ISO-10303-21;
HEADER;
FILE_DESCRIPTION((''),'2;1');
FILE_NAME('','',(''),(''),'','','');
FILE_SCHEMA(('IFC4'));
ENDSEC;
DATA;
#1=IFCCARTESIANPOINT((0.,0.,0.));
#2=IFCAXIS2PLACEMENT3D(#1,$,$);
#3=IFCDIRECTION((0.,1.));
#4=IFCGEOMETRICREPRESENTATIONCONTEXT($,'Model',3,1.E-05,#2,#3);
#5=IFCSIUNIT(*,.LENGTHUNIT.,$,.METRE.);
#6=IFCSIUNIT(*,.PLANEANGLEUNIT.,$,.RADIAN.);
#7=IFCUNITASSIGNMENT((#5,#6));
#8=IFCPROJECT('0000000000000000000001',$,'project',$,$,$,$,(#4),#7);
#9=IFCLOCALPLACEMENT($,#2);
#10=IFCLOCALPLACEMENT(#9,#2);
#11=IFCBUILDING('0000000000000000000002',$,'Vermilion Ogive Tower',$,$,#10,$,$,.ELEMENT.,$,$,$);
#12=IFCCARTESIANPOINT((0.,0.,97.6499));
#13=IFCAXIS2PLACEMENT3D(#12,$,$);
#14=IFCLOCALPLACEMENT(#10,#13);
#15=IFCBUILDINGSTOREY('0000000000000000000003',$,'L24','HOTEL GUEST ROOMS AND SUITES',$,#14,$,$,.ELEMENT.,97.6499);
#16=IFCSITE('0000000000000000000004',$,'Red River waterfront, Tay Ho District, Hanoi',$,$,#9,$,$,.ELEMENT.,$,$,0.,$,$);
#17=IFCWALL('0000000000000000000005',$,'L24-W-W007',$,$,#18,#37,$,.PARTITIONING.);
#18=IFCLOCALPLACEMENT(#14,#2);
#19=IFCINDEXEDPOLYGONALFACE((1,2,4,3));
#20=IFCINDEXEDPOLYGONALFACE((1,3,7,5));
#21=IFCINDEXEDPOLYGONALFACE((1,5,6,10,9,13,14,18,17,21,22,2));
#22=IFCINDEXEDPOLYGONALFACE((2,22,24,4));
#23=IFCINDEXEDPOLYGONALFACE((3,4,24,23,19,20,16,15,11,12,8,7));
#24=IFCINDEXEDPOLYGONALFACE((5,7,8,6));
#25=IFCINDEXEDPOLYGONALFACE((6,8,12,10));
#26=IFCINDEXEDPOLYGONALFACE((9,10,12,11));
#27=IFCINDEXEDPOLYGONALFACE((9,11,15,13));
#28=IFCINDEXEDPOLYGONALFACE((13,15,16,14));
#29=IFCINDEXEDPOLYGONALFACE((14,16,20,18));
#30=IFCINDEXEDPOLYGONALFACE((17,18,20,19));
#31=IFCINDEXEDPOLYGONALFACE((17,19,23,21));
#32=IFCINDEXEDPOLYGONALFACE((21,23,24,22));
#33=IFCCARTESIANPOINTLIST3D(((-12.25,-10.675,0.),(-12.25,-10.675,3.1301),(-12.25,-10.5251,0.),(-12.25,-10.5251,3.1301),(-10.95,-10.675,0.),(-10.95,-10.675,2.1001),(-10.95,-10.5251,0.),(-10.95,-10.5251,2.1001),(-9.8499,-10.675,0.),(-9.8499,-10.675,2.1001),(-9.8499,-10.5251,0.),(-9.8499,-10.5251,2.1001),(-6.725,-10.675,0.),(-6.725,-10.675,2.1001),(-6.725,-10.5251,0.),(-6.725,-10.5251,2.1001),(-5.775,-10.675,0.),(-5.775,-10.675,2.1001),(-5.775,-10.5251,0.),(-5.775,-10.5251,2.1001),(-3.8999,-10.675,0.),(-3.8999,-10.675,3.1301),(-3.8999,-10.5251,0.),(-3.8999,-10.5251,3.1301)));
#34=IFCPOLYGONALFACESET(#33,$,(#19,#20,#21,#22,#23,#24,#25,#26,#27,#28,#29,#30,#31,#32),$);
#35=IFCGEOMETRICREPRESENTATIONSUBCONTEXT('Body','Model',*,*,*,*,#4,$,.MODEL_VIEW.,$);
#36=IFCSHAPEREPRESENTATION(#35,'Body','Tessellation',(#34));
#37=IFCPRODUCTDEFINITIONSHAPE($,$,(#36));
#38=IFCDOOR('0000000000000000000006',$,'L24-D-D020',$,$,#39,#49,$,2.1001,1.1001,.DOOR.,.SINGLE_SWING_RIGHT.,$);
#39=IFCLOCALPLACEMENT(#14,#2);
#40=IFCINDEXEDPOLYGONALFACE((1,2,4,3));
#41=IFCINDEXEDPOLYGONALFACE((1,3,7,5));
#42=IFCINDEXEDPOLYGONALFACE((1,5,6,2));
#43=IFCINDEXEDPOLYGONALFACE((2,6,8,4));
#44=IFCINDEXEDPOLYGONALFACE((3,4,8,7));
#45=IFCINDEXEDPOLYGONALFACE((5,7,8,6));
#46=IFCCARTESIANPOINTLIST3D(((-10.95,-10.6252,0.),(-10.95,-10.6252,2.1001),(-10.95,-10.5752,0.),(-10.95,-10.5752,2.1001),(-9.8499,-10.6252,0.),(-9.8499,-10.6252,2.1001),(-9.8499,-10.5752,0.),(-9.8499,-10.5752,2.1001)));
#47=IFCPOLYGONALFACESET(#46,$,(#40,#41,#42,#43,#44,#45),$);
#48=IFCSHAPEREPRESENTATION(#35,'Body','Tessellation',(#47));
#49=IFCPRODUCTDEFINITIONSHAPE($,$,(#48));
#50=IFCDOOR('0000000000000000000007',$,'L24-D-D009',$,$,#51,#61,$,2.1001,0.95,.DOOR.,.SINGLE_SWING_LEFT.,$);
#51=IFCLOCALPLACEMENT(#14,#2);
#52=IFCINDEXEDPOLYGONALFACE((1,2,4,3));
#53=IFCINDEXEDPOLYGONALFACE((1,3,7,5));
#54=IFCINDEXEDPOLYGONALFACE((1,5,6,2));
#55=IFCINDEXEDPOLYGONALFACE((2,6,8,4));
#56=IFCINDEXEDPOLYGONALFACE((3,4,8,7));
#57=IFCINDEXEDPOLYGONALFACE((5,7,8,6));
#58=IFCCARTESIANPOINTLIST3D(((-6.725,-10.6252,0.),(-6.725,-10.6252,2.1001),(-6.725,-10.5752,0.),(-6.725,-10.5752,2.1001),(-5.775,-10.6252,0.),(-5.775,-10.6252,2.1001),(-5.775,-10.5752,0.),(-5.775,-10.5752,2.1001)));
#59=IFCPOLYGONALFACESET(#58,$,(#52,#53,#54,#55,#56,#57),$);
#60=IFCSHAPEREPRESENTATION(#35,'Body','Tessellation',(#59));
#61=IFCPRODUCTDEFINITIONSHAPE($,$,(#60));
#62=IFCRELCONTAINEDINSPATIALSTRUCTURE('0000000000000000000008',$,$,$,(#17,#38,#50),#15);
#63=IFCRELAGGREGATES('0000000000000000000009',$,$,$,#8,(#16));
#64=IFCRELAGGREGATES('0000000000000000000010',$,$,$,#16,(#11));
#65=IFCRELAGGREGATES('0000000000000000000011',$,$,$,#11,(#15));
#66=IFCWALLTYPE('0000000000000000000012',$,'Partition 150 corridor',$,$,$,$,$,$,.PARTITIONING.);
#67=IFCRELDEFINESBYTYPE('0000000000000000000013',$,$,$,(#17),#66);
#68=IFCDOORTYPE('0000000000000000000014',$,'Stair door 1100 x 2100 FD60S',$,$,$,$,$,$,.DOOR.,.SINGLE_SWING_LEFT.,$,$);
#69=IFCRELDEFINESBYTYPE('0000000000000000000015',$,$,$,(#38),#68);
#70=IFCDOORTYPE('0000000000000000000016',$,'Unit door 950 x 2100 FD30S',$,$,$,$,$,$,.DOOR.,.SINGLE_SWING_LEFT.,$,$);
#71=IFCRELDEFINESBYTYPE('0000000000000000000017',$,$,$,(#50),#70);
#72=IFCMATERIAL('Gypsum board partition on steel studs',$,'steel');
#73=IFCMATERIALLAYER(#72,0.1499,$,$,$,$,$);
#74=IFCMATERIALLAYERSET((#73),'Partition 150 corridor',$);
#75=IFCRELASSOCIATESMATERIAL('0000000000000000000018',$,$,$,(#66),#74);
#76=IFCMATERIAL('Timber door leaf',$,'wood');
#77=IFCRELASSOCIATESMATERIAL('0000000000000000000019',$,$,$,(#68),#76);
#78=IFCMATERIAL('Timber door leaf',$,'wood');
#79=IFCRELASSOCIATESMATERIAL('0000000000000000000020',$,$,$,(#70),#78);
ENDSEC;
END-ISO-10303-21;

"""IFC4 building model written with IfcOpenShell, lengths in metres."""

from ifc_helpers import new_model, si_unit, direction, frame, frame_2d, origin, place, context, subcontext, project, spatial, rectangle, extrude, material, layer, layer_set, type_object, element, fill, save


model = new_model("IFC4")

# Units and contexts
model_context = context("Model", 3, precision=1e-05, world=origin(), true_north=direction((0.0, 1.0)))
body_context = subcontext(model_context, "Body", "Model", "MODEL_VIEW")
ifc_project = project(units=[si_unit("LENGTHUNIT", "METRE"), si_unit("PLANEANGLEUNIT", "RADIAN")], contexts=[model_context])

# Site, building, storey
site_placement = place(None, origin())
site = spatial("IfcSite", under=ifc_project, at=site_placement, Name="Red River waterfront, Tay Ho District, Hanoi", CompositionType="ELEMENT", RefElevation=0.0)
building_placement = place(site_placement, origin())
building = spatial("IfcBuilding", under=site, at=building_placement, Name="Vermilion Ogive Tower", CompositionType="ELEMENT")
storey_placement = place(building_placement, frame((0.0, 0.0, 97.6499)))
storey = spatial("IfcBuildingStorey", under=building, at=storey_placement, Name="L24", Description="HOTEL GUEST ROOMS AND SUITES", CompositionType="ELEMENT", Elevation=97.6499)

# Wall, openings, doors
ifc_material_1 = material(Name="Gypsum board partition on steel studs", Category="steel")
ifc_layer_1 = layer(ifc_material_1, 0.1499)
ifc_layer_set_1 = layer_set([ifc_layer_1], Name="Partition 150 corridor")
wall_type_1 = type_object("IfcWallType", Name="Partition 150 corridor", PredefinedType="PARTITIONING", material=ifc_layer_set_1)
wall_1_placement = place(storey_placement, frame((-12.25, -10.6001, 0.0), z_axis=(0.0, 0.0, 1.0), x_axis=(1.0, 0.0, 0.0)))
wall_1 = element("IfcWall", 1, at=wall_1_placement, inside=storey, type_object=wall_type_1, Name="L24-W-W007", PredefinedType="PARTITIONING", context=body_context, shape_type="SweptSolid", body=[
    extrude(rectangle(XDim=8.3501, YDim=0.1499, at=frame_2d((4.175, 0.0))), origin(), (0.0, 0.0, 1.0), 3.1301),
])
opening_1_placement = place(wall_1_placement, frame((5.5249, 0.0, 0.0)))
opening_1 = element("IfcOpeningElement", 2, at=opening_1_placement, cuts=wall_1, PredefinedType="OPENING", context=body_context, shape_type="SweptSolid", body=[
    extrude(rectangle(XDim=0.95, YDim=2.1001, at=frame_2d((0.4751, 1.05))), frame((0.0, 0.085, 0.0), z_axis=(0.0, -1.0, 0.0), x_axis=(1.0, 0.0, 0.0)), (0.0, 0.0, 1.0), 0.1699),
])
opening_2_placement = place(wall_1_placement, frame((1.3, 0.0, 0.0)))
opening_2 = element("IfcOpeningElement", 3, at=opening_2_placement, cuts=wall_1, PredefinedType="OPENING", context=body_context, shape_type="SweptSolid", body=[
    extrude(rectangle(XDim=1.1001, YDim=2.1001, at=frame_2d((0.55, 1.05))), frame((0.0, 0.085, 0.0), z_axis=(0.0, -1.0, 0.0), x_axis=(1.0, 0.0, 0.0)), (0.0, 0.0, 1.0), 0.1699),
])
ifc_material_2 = material(Name="Timber door leaf", Category="wood")
door_type_1 = type_object("IfcDoorType", Name="Stair door 1100 x 2100 FD60S", OperationType="SINGLE_SWING_LEFT", PredefinedType="DOOR", material=ifc_material_2)
door_1_placement = place(opening_2_placement, origin())
door_1 = element("IfcDoor", 4, at=door_1_placement, inside=storey, type_object=door_type_1, Name="L24-D-D020", OperationType="SINGLE_SWING_RIGHT", OverallHeight=2.1001, OverallWidth=1.1001, PredefinedType="DOOR", context=body_context, shape_type="SweptSolid", body=[
    extrude(rectangle(XDim=1.1001, YDim=2.1001, at=frame_2d((0.55, 1.05))), frame((0.0, 0.0249, 0.0), z_axis=(0.0, -1.0, 0.0), x_axis=(1.0, 0.0, 0.0)), (0.0, 0.0, 1.0), 0.05),
])
fill(opening_2, door_1)
ifc_material_3 = material(Name="Timber door leaf", Category="wood")
door_type_2 = type_object("IfcDoorType", Name="Unit door 950 x 2100 FD30S", OperationType="SINGLE_SWING_LEFT", PredefinedType="DOOR", material=ifc_material_3)
door_2_placement = place(opening_1_placement, origin())
door_2 = element("IfcDoor", 5, at=door_2_placement, inside=storey, type_object=door_type_2, Name="L24-D-D009", OperationType="SINGLE_SWING_LEFT", OverallHeight=2.1001, OverallWidth=0.95, PredefinedType="DOOR", context=body_context, shape_type="SweptSolid", body=[
    extrude(rectangle(XDim=0.95, YDim=2.1001, at=frame_2d((0.4751, 1.05))), frame((0.0, 0.0249, 0.0), z_axis=(0.0, -1.0, 0.0), x_axis=(1.0, 0.0, 0.0)), (0.0, 0.0, 1.0), 0.05),
])
fill(opening_1, door_2)

save(model, "model.ifc")
